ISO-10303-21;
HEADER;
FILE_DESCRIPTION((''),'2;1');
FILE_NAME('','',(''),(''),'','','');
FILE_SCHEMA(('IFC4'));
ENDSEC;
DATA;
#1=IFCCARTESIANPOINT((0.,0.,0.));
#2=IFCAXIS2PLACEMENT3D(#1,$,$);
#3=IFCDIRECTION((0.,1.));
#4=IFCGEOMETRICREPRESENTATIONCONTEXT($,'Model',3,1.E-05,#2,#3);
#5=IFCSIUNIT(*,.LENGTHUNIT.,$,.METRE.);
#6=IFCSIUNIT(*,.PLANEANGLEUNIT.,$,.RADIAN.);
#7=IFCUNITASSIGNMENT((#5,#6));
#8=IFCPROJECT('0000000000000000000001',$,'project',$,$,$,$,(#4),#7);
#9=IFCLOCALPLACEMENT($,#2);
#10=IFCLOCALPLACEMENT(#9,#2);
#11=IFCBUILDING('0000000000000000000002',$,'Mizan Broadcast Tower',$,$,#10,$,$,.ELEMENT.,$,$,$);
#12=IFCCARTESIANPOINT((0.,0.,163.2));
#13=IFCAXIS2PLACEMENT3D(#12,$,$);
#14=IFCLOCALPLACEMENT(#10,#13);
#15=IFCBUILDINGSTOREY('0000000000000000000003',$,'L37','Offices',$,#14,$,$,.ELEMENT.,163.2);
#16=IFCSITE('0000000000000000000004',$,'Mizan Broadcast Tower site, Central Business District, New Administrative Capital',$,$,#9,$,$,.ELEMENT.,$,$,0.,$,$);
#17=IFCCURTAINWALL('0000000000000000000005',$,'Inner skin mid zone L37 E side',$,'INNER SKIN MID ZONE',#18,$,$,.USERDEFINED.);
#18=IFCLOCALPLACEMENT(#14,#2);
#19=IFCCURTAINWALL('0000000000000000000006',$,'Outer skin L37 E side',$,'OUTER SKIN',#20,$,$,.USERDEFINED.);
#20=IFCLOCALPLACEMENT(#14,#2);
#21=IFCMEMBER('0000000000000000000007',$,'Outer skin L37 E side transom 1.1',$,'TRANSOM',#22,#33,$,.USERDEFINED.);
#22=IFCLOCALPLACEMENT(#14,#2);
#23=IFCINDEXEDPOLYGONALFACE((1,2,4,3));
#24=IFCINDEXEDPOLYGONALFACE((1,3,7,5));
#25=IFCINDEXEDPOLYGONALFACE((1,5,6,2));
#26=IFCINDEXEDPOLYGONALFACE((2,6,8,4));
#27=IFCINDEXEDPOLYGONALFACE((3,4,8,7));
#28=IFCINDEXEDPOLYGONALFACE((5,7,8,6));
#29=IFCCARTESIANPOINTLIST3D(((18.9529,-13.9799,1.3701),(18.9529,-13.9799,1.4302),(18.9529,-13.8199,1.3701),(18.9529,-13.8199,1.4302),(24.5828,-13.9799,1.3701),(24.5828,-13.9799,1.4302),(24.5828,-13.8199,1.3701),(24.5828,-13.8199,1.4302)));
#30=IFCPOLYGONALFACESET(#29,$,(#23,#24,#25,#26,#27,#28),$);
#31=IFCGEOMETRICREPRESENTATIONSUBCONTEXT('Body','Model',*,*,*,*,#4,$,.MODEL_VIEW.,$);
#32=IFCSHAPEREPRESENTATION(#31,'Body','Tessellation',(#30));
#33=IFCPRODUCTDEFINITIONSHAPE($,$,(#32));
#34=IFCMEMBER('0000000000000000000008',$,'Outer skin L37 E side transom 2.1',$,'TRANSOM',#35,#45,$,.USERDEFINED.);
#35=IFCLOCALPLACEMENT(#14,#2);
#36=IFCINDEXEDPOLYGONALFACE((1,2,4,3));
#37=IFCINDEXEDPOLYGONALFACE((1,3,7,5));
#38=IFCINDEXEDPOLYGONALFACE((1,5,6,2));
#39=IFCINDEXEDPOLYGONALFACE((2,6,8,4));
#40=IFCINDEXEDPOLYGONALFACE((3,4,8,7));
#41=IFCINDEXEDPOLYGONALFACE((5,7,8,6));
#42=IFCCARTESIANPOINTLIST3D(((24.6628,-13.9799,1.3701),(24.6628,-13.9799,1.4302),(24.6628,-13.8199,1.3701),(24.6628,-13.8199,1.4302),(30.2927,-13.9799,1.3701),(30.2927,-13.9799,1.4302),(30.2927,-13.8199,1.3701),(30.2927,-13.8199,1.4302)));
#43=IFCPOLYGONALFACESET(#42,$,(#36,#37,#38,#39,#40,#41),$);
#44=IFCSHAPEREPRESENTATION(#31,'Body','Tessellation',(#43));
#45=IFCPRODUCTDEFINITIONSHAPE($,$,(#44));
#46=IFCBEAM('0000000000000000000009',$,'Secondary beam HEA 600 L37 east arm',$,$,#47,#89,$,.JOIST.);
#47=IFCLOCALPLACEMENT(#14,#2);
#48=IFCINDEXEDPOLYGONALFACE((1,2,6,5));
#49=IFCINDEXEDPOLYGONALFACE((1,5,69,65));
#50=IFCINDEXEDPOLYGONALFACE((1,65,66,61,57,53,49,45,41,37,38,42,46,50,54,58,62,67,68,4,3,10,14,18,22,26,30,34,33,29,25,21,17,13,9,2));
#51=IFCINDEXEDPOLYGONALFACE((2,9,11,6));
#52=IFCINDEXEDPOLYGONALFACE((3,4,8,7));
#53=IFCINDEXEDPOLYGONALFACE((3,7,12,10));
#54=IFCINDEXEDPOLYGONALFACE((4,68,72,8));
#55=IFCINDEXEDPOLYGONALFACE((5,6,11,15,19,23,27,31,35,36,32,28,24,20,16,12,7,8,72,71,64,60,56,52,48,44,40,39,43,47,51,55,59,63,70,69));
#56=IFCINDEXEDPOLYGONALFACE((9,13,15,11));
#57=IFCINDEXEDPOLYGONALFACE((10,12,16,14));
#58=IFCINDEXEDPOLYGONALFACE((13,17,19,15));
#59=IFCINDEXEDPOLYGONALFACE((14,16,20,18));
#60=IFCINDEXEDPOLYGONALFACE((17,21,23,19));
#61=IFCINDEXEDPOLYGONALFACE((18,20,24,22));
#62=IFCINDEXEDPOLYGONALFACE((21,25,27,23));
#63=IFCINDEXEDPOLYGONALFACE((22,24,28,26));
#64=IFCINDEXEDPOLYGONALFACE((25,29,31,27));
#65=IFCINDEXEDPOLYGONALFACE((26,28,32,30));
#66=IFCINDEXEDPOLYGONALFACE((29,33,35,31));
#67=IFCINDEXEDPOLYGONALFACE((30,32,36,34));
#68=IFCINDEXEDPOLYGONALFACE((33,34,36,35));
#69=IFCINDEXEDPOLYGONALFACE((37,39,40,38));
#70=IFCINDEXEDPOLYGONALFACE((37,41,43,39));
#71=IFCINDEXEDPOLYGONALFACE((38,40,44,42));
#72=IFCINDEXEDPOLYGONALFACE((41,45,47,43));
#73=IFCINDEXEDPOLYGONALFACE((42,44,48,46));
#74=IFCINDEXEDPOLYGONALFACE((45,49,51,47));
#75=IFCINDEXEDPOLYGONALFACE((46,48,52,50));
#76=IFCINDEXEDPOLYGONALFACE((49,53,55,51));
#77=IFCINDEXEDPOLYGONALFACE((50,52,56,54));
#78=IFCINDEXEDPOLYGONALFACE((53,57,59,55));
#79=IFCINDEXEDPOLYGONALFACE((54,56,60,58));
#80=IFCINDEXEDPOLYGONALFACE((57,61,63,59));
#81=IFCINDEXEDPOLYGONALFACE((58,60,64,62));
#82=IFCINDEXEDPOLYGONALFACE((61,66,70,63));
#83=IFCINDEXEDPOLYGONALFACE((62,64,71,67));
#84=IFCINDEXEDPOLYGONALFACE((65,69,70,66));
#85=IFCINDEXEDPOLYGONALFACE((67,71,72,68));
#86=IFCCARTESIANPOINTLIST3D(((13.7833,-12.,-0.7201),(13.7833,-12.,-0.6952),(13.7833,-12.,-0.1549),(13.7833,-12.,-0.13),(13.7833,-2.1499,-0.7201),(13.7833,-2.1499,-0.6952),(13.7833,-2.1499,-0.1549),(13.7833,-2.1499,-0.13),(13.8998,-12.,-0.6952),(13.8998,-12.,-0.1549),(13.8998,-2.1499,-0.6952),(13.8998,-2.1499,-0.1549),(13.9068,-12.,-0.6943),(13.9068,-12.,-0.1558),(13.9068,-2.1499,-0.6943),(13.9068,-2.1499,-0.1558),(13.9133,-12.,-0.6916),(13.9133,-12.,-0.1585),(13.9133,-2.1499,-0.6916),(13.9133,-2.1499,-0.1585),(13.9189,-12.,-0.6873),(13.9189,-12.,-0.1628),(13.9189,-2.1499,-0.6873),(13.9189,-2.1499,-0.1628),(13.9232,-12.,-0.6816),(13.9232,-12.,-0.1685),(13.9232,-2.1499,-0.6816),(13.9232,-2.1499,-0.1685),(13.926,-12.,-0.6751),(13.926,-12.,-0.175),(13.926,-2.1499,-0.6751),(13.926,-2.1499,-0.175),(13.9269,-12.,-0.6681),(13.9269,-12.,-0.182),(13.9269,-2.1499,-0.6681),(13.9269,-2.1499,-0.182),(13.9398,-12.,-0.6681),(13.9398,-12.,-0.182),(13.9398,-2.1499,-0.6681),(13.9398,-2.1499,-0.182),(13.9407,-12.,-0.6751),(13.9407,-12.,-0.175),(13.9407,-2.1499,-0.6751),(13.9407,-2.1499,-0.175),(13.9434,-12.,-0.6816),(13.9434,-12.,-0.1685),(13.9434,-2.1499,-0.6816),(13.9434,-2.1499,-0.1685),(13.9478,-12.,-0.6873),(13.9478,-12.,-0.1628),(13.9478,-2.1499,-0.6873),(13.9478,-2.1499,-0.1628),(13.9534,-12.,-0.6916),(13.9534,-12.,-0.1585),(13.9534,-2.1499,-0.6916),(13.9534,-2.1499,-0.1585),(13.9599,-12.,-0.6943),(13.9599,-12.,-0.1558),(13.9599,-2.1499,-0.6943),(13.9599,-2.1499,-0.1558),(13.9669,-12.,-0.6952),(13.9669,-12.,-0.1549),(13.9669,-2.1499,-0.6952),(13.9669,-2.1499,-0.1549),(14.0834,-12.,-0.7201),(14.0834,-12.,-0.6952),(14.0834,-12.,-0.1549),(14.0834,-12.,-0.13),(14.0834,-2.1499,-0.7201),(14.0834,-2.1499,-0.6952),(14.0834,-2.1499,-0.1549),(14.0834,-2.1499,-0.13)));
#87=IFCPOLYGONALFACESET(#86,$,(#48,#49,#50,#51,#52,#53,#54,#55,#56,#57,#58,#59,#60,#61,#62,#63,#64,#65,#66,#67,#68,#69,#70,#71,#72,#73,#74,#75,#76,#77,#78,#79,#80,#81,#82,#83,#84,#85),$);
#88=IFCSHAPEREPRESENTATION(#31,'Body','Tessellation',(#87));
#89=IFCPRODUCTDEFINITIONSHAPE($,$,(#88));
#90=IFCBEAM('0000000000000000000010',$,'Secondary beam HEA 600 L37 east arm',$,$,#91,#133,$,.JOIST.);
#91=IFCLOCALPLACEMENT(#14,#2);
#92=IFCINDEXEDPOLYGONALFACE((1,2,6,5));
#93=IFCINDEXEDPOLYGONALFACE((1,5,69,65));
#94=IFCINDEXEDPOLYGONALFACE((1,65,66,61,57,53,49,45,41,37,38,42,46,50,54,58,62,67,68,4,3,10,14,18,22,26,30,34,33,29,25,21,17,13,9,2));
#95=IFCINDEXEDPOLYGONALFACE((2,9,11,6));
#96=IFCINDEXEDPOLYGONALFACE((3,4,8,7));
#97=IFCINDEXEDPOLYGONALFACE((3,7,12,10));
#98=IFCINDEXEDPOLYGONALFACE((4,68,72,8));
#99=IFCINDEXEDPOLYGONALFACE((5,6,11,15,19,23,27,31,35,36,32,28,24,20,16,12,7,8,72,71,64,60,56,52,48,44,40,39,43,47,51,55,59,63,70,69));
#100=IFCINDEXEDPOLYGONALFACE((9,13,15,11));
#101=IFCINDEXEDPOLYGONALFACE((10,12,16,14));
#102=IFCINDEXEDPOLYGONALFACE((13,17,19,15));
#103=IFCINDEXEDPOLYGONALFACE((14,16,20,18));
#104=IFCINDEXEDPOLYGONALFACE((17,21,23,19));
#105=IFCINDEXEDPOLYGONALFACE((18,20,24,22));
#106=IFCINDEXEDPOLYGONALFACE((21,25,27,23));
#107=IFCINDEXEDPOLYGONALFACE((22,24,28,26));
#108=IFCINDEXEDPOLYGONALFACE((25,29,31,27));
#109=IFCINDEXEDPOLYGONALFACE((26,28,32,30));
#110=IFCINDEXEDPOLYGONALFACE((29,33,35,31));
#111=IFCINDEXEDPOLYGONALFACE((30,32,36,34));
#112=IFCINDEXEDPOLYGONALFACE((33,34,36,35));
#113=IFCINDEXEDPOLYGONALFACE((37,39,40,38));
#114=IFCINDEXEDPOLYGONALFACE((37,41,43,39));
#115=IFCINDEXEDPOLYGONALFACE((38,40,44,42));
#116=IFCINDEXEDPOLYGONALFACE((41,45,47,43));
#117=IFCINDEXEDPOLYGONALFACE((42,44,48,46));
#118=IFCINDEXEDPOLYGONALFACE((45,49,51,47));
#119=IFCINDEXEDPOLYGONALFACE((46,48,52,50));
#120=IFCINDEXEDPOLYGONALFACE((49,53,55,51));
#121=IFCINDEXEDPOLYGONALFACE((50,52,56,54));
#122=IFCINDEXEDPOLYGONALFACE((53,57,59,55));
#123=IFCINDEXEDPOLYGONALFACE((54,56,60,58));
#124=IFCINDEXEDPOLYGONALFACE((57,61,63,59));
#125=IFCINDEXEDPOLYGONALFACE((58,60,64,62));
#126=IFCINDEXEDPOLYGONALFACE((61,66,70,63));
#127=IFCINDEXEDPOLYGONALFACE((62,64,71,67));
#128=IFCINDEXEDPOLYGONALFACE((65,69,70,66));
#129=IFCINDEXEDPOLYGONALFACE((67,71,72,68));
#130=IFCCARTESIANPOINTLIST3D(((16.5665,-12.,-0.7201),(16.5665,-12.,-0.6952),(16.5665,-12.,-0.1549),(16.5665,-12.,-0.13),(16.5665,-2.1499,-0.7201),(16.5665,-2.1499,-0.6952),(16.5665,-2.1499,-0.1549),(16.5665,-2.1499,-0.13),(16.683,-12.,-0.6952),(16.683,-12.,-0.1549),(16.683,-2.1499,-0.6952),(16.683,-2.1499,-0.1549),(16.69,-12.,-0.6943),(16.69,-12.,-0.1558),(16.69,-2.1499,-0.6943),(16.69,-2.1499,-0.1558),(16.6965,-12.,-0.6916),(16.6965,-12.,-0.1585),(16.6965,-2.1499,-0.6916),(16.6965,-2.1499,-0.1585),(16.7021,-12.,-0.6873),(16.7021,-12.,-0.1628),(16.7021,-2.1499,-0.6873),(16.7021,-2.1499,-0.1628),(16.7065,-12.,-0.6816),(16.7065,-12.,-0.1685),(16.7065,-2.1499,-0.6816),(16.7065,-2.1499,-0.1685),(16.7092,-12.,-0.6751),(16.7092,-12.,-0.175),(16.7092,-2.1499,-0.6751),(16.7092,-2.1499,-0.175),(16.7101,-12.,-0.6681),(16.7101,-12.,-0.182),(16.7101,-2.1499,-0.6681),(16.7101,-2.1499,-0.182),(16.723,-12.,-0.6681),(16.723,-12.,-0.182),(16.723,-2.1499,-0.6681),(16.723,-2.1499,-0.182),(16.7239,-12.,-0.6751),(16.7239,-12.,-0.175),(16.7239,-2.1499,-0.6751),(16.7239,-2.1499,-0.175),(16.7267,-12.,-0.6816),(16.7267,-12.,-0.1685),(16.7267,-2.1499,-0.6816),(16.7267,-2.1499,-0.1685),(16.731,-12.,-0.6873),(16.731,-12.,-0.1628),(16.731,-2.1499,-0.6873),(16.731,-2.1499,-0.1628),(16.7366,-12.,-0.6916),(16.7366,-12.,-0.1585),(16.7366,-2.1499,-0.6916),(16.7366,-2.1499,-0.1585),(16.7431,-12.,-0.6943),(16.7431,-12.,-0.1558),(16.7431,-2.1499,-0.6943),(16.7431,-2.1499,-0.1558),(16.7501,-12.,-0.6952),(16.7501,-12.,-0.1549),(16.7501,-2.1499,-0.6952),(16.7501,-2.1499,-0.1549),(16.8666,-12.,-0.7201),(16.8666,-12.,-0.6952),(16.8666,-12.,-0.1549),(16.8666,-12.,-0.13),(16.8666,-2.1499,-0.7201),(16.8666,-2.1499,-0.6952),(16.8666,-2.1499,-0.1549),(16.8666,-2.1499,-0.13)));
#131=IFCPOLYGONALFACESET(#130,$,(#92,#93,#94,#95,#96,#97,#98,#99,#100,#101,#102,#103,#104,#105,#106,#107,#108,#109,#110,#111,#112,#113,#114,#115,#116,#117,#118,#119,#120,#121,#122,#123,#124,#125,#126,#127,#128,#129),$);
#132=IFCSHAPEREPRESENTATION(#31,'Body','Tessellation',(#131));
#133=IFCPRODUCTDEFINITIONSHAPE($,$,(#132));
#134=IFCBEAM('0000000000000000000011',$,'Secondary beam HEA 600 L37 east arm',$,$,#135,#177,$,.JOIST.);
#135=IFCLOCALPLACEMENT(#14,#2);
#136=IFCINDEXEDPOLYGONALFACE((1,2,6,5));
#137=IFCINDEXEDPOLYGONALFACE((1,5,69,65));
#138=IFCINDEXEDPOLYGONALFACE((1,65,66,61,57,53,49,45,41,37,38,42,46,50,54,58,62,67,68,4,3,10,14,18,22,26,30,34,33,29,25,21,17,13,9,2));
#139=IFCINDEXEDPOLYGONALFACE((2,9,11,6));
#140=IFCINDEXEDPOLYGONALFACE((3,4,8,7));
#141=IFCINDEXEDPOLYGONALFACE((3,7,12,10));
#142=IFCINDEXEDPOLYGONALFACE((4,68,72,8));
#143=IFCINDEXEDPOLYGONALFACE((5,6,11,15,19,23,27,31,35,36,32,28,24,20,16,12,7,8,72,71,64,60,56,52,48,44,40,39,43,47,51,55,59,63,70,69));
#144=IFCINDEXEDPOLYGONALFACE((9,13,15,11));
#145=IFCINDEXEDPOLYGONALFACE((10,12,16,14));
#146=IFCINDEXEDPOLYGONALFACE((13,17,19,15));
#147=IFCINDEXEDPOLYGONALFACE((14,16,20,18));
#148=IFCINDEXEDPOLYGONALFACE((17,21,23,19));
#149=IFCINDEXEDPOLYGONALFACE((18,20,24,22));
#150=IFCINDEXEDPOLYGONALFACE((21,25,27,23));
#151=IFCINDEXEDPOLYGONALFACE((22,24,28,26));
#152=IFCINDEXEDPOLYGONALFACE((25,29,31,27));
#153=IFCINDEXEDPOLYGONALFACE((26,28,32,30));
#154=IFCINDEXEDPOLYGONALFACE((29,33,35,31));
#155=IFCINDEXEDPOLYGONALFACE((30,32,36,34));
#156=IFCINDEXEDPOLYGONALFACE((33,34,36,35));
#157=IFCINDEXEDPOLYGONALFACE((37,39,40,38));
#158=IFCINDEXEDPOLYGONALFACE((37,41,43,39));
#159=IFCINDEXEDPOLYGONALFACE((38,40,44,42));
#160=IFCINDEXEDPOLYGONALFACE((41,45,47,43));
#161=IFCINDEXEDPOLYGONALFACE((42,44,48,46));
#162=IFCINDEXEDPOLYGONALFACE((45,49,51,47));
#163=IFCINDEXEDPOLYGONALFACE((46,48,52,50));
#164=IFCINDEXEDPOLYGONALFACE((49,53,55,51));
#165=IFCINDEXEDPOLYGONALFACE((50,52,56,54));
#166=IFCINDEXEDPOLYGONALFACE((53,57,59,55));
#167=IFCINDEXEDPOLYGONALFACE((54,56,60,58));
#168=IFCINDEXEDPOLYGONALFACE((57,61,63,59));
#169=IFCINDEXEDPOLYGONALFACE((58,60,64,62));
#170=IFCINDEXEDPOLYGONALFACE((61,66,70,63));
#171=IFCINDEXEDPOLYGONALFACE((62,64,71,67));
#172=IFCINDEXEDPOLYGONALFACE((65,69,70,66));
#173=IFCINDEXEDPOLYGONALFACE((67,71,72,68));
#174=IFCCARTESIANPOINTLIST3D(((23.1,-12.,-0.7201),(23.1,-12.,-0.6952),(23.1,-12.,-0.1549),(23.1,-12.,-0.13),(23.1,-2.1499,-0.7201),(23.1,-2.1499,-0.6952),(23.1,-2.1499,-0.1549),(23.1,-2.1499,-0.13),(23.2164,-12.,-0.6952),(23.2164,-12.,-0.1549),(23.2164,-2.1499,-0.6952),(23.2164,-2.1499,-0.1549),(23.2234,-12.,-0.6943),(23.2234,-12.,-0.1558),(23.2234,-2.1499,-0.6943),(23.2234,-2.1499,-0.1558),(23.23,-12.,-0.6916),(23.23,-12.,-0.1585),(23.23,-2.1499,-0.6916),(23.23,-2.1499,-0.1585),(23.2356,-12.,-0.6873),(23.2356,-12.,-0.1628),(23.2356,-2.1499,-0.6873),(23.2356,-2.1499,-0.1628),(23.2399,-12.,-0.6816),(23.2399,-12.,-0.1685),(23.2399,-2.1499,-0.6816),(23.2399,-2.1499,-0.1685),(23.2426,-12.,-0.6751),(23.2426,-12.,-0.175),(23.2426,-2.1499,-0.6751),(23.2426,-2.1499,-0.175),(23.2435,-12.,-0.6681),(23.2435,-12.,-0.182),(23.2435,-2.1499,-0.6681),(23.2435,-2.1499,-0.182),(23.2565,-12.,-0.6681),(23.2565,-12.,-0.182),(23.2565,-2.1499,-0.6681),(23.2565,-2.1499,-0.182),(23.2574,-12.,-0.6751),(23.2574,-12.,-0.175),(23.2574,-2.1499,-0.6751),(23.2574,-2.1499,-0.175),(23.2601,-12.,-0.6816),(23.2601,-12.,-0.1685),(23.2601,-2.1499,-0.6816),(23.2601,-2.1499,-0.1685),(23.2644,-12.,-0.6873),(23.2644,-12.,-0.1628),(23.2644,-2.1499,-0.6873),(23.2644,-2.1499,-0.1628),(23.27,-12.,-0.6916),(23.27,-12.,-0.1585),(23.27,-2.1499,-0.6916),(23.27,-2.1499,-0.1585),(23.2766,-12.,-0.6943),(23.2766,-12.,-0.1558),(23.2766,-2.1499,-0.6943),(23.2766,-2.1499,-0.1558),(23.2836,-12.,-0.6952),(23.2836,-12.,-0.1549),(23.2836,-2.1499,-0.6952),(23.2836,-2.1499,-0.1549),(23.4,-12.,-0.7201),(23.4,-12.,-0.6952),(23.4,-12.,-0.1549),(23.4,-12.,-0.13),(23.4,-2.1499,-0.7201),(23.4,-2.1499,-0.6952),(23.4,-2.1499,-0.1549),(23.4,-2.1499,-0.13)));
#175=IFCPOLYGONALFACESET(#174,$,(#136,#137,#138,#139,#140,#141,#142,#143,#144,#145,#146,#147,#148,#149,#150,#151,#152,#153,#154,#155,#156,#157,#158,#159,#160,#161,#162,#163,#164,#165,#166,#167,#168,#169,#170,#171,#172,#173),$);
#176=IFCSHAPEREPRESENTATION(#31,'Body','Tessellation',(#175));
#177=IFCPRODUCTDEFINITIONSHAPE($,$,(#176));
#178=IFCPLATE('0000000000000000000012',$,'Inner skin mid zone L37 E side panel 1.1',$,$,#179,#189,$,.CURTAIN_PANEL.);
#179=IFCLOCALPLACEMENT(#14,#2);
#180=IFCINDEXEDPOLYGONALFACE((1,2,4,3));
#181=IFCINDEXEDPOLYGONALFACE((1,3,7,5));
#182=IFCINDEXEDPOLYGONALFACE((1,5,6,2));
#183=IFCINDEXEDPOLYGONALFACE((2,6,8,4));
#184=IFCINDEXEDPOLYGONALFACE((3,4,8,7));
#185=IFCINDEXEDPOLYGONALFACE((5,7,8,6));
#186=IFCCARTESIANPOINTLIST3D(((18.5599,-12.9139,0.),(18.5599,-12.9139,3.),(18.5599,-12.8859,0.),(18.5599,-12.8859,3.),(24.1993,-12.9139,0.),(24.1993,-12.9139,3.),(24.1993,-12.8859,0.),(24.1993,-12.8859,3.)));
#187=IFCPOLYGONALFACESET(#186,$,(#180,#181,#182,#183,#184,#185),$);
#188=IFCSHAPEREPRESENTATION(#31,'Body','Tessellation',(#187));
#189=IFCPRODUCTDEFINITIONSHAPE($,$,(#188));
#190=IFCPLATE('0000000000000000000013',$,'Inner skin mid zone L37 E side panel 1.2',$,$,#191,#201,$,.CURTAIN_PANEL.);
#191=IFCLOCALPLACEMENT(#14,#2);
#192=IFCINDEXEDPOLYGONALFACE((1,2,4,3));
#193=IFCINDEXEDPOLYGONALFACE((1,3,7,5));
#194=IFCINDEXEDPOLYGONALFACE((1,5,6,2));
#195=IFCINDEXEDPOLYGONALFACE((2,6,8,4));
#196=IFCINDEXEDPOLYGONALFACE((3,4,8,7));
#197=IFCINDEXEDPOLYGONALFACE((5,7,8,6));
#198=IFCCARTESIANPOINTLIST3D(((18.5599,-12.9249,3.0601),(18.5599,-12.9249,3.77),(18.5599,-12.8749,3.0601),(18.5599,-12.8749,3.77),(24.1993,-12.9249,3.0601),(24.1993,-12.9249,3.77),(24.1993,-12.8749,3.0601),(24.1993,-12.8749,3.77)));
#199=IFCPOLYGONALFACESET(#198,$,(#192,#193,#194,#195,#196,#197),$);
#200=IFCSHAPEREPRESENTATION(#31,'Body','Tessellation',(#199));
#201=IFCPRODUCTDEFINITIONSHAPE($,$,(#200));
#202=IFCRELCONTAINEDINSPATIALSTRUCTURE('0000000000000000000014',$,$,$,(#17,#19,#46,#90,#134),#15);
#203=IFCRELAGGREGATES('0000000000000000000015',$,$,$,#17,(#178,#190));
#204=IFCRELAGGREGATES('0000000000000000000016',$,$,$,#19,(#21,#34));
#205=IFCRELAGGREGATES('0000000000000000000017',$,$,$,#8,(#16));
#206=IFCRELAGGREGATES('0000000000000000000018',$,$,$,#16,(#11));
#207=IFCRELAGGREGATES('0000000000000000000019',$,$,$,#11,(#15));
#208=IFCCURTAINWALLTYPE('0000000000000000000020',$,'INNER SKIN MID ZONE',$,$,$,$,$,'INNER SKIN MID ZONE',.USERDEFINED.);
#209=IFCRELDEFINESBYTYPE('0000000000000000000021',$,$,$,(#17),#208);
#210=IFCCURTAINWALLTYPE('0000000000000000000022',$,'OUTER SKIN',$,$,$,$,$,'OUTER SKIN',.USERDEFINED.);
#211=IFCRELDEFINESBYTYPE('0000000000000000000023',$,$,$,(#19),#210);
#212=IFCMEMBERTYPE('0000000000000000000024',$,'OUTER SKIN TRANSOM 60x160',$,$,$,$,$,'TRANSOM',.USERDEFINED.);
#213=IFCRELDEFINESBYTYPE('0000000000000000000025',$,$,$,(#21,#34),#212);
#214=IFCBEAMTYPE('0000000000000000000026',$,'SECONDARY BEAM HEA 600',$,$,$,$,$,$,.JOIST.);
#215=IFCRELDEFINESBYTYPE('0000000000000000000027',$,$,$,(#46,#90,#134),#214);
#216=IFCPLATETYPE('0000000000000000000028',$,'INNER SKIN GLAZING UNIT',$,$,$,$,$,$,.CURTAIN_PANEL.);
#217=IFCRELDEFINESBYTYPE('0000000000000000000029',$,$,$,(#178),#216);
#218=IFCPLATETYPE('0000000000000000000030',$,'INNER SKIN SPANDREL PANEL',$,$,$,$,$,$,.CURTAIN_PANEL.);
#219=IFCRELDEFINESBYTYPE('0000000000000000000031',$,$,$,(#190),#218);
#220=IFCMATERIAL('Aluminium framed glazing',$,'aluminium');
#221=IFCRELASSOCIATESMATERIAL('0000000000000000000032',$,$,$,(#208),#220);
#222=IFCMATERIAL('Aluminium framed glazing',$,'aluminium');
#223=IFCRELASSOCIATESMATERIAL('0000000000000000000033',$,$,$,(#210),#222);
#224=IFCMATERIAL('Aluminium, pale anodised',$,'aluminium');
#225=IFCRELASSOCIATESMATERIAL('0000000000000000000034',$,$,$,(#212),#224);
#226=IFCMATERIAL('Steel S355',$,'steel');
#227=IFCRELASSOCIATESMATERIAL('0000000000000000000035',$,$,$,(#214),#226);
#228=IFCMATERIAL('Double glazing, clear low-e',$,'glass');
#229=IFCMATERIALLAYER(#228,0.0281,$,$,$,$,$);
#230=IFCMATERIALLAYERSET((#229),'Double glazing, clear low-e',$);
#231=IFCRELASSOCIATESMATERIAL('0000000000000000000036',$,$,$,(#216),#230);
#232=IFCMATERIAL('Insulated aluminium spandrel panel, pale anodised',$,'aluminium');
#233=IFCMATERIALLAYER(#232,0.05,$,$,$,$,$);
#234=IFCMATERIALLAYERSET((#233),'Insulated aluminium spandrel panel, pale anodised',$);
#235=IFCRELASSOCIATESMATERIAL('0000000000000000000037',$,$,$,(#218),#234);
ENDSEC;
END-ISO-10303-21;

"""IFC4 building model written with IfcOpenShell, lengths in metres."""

from ifc_helpers import new_model, si_unit, direction, frame, origin, origin_2d, place, context, subcontext, project, spatial, rectangle, i_section, extrude, material, layer, layer_set, material_profile, profile_set, type_object, element, aggregate, save


model = new_model("IFC4")

# Units and contexts
model_context = context("Model", 3, precision=1e-05, world=origin(), true_north=direction((0.0, 1.0)))
body_context = subcontext(model_context, "Body", "Model", "MODEL_VIEW")
ifc_project = project(units=[si_unit("LENGTHUNIT", "METRE"), si_unit("PLANEANGLEUNIT", "RADIAN")], contexts=[model_context])

# Site, building, storey
site_placement = place(None, origin())
site = spatial("IfcSite", under=ifc_project, at=site_placement, Name="Mizan Broadcast Tower site, Central Business District, New Administrative Capital", CompositionType="ELEMENT", RefElevation=0.0)
building_placement = place(site_placement, origin())
building = spatial("IfcBuilding", under=site, at=building_placement, Name="Mizan Broadcast Tower", CompositionType="ELEMENT")
storey_placement = place(building_placement, frame((0.0, 0.0, 163.2)))
storey = spatial("IfcBuildingStorey", under=building, at=storey_placement, Name="L37", Description="Offices", CompositionType="ELEMENT", Elevation=163.2)

# Curtain wall
ifc_material_1 = material(Name="Aluminium framed glazing", Category="aluminium")
curtain_wall_type_1 = type_object("IfcCurtainWallType", Name="INNER SKIN MID ZONE", ElementType="INNER SKIN MID ZONE", PredefinedType="USERDEFINED", material=ifc_material_1)
curtain_wall_1_placement = place(storey_placement, origin())
curtain_wall_1 = element("IfcCurtainWall", 1, at=curtain_wall_1_placement, inside=storey, type_object=curtain_wall_type_1, Name="Inner skin mid zone L37 E side", ObjectType="INNER SKIN MID ZONE", PredefinedType="USERDEFINED")

# Curtain wall
ifc_material_2 = material(Name="Aluminium framed glazing", Category="aluminium")
curtain_wall_type_2 = type_object("IfcCurtainWallType", Name="OUTER SKIN", ElementType="OUTER SKIN", PredefinedType="USERDEFINED", material=ifc_material_2)
curtain_wall_2_placement = place(storey_placement, origin())
curtain_wall_2 = element("IfcCurtainWall", 2, at=curtain_wall_2_placement, inside=storey, type_object=curtain_wall_type_2, Name="Outer skin L37 E side", ObjectType="OUTER SKIN", PredefinedType="USERDEFINED")

# Members
ifc_material_3 = material(Name="Aluminium, pale anodised", Category="aluminium")
ifc_material_profile_1 = material_profile(ifc_material_3, rectangle(XDim=0.1599, YDim=0.0601, at=origin_2d()), Name="TRANSOM 160x60")
ifc_profile_set_1 = profile_set([ifc_material_profile_1], Name="Aluminium, pale anodised")
member_type_1 = type_object("IfcMemberType", Name="OUTER SKIN TRANSOM 60x160", ElementType="TRANSOM", PredefinedType="USERDEFINED", material=ifc_profile_set_1)
member_1_placement = place(storey_placement, frame((18.9529, -13.8999, 1.4001), z_axis=(1.0, 0.0, 0.0), x_axis=(0.0, 1.0, 0.0)))
member_1 = element("IfcMember", 3, at=member_1_placement, type_object=member_type_1, Name="Outer skin L37 E side transom 1.1", ObjectType="TRANSOM", PredefinedType="USERDEFINED", context=body_context, shape_type="SweptSolid", body=[
    extrude(rectangle(XDim=0.1599, YDim=0.0601, at=origin_2d()), origin(), (0.0, 0.0, 1.0), 5.6299),
])
member_2_placement = place(storey_placement, frame((24.6628, -13.8999, 1.4001), z_axis=(1.0, 0.0, 0.0), x_axis=(0.0, 1.0, 0.0)))
member_2 = element("IfcMember", 4, at=member_2_placement, type_object=member_type_1, Name="Outer skin L37 E side transom 2.1", ObjectType="TRANSOM", PredefinedType="USERDEFINED", context=body_context, shape_type="SweptSolid", body=[
    extrude(rectangle(XDim=0.1599, YDim=0.0601, at=origin_2d()), origin(), (0.0, 0.0, 1.0), 5.6299),
])

# Beams
ifc_material_4 = material(Name="Steel S355", Category="steel")
ifc_material_profile_2 = material_profile(ifc_material_4, i_section(OverallWidth=0.3, OverallDepth=0.5901, WebThickness=0.0129, FlangeThickness=0.0249, FilletRadius=0.0271, at=origin_2d()), Name="HEA 600")
ifc_profile_set_2 = profile_set([ifc_material_profile_2], Name="Steel S355")
beam_type_1 = type_object("IfcBeamType", Name="SECONDARY BEAM HEA 600", PredefinedType="JOIST", material=ifc_profile_set_2)
for number, where, z_axis, x_axis, name in (
    (5, (13.9333, -12.0, -0.425), (0.0, 1.0, 0.0), (-1.0, 0.0, 0.0), "Secondary beam HEA 600 L37 east arm"),
    (6, (16.7166, -12.0, -0.425), (0.0, 1.0, 0.0), (-1.0, 0.0, 0.0), "Secondary beam HEA 600 L37 east arm"),
    (7, (23.25, -12.0, -0.425), (0.0, 1.0, 0.0), (-1.0, 0.0, 0.0), "Secondary beam HEA 600 L37 east arm"),
):
    element("IfcBeam", number, at=place(storey_placement, frame(where, z_axis=z_axis, x_axis=x_axis)), inside=storey, type_object=beam_type_1, Name=name, PredefinedType="JOIST", context=body_context, shape_type="SweptSolid", body=[
        extrude(i_section(OverallWidth=0.3, OverallDepth=0.5901, WebThickness=0.0129, FlangeThickness=0.0249, FilletRadius=0.0271, at=origin_2d()), origin(), (0.0, 0.0, 1.0), 9.8501),
    ])

# Plates
ifc_material_5 = material(Name="Double glazing, clear low-e", Category="glass")
ifc_layer_1 = layer(ifc_material_5, 0.0281)
ifc_layer_set_1 = layer_set([ifc_layer_1], Name="Double glazing, clear low-e")
plate_type_1 = type_object("IfcPlateType", Name="INNER SKIN GLAZING UNIT", PredefinedType="CURTAIN_PANEL", material=ifc_layer_set_1)
plate_1_placement = place(storey_placement, frame((21.3796, -12.8999, 0.0), z_axis=(0.0, 0.0, 1.0), x_axis=(1.0, 0.0, 0.0)))
plate_1 = element("IfcPlate", 8, at=plate_1_placement, type_object=plate_type_1, Name="Inner skin mid zone L37 E side panel 1.1", PredefinedType="CURTAIN_PANEL", context=body_context, shape_type="SweptSolid", body=[
    extrude(rectangle(XDim=5.6394, YDim=0.0281, at=origin_2d()), origin(), (0.0, 0.0, 1.0), 3.0),
])
ifc_material_6 = material(Name="Insulated aluminium spandrel panel, pale anodised", Category="aluminium")
ifc_layer_2 = layer(ifc_material_6, 0.05)
ifc_layer_set_2 = layer_set([ifc_layer_2], Name="Insulated aluminium spandrel panel, pale anodised")
plate_type_2 = type_object("IfcPlateType", Name="INNER SKIN SPANDREL PANEL", PredefinedType="CURTAIN_PANEL", material=ifc_layer_set_2)
plate_2_placement = place(storey_placement, frame((21.3796, -12.8999, 3.0601), z_axis=(0.0, 0.0, 1.0), x_axis=(1.0, 0.0, 0.0)))
plate_2 = element("IfcPlate", 9, at=plate_2_placement, type_object=plate_type_2, Name="Inner skin mid zone L37 E side panel 1.2", PredefinedType="CURTAIN_PANEL", context=body_context, shape_type="SweptSolid", body=[
    extrude(rectangle(XDim=5.6394, YDim=0.05, at=origin_2d()), origin(), (0.0, 0.0, 1.0), 0.71),
])
aggregate(curtain_wall_1, [plate_1, plate_2])
aggregate(curtain_wall_2, [member_1, member_2])

save(model, "model.ifc")
